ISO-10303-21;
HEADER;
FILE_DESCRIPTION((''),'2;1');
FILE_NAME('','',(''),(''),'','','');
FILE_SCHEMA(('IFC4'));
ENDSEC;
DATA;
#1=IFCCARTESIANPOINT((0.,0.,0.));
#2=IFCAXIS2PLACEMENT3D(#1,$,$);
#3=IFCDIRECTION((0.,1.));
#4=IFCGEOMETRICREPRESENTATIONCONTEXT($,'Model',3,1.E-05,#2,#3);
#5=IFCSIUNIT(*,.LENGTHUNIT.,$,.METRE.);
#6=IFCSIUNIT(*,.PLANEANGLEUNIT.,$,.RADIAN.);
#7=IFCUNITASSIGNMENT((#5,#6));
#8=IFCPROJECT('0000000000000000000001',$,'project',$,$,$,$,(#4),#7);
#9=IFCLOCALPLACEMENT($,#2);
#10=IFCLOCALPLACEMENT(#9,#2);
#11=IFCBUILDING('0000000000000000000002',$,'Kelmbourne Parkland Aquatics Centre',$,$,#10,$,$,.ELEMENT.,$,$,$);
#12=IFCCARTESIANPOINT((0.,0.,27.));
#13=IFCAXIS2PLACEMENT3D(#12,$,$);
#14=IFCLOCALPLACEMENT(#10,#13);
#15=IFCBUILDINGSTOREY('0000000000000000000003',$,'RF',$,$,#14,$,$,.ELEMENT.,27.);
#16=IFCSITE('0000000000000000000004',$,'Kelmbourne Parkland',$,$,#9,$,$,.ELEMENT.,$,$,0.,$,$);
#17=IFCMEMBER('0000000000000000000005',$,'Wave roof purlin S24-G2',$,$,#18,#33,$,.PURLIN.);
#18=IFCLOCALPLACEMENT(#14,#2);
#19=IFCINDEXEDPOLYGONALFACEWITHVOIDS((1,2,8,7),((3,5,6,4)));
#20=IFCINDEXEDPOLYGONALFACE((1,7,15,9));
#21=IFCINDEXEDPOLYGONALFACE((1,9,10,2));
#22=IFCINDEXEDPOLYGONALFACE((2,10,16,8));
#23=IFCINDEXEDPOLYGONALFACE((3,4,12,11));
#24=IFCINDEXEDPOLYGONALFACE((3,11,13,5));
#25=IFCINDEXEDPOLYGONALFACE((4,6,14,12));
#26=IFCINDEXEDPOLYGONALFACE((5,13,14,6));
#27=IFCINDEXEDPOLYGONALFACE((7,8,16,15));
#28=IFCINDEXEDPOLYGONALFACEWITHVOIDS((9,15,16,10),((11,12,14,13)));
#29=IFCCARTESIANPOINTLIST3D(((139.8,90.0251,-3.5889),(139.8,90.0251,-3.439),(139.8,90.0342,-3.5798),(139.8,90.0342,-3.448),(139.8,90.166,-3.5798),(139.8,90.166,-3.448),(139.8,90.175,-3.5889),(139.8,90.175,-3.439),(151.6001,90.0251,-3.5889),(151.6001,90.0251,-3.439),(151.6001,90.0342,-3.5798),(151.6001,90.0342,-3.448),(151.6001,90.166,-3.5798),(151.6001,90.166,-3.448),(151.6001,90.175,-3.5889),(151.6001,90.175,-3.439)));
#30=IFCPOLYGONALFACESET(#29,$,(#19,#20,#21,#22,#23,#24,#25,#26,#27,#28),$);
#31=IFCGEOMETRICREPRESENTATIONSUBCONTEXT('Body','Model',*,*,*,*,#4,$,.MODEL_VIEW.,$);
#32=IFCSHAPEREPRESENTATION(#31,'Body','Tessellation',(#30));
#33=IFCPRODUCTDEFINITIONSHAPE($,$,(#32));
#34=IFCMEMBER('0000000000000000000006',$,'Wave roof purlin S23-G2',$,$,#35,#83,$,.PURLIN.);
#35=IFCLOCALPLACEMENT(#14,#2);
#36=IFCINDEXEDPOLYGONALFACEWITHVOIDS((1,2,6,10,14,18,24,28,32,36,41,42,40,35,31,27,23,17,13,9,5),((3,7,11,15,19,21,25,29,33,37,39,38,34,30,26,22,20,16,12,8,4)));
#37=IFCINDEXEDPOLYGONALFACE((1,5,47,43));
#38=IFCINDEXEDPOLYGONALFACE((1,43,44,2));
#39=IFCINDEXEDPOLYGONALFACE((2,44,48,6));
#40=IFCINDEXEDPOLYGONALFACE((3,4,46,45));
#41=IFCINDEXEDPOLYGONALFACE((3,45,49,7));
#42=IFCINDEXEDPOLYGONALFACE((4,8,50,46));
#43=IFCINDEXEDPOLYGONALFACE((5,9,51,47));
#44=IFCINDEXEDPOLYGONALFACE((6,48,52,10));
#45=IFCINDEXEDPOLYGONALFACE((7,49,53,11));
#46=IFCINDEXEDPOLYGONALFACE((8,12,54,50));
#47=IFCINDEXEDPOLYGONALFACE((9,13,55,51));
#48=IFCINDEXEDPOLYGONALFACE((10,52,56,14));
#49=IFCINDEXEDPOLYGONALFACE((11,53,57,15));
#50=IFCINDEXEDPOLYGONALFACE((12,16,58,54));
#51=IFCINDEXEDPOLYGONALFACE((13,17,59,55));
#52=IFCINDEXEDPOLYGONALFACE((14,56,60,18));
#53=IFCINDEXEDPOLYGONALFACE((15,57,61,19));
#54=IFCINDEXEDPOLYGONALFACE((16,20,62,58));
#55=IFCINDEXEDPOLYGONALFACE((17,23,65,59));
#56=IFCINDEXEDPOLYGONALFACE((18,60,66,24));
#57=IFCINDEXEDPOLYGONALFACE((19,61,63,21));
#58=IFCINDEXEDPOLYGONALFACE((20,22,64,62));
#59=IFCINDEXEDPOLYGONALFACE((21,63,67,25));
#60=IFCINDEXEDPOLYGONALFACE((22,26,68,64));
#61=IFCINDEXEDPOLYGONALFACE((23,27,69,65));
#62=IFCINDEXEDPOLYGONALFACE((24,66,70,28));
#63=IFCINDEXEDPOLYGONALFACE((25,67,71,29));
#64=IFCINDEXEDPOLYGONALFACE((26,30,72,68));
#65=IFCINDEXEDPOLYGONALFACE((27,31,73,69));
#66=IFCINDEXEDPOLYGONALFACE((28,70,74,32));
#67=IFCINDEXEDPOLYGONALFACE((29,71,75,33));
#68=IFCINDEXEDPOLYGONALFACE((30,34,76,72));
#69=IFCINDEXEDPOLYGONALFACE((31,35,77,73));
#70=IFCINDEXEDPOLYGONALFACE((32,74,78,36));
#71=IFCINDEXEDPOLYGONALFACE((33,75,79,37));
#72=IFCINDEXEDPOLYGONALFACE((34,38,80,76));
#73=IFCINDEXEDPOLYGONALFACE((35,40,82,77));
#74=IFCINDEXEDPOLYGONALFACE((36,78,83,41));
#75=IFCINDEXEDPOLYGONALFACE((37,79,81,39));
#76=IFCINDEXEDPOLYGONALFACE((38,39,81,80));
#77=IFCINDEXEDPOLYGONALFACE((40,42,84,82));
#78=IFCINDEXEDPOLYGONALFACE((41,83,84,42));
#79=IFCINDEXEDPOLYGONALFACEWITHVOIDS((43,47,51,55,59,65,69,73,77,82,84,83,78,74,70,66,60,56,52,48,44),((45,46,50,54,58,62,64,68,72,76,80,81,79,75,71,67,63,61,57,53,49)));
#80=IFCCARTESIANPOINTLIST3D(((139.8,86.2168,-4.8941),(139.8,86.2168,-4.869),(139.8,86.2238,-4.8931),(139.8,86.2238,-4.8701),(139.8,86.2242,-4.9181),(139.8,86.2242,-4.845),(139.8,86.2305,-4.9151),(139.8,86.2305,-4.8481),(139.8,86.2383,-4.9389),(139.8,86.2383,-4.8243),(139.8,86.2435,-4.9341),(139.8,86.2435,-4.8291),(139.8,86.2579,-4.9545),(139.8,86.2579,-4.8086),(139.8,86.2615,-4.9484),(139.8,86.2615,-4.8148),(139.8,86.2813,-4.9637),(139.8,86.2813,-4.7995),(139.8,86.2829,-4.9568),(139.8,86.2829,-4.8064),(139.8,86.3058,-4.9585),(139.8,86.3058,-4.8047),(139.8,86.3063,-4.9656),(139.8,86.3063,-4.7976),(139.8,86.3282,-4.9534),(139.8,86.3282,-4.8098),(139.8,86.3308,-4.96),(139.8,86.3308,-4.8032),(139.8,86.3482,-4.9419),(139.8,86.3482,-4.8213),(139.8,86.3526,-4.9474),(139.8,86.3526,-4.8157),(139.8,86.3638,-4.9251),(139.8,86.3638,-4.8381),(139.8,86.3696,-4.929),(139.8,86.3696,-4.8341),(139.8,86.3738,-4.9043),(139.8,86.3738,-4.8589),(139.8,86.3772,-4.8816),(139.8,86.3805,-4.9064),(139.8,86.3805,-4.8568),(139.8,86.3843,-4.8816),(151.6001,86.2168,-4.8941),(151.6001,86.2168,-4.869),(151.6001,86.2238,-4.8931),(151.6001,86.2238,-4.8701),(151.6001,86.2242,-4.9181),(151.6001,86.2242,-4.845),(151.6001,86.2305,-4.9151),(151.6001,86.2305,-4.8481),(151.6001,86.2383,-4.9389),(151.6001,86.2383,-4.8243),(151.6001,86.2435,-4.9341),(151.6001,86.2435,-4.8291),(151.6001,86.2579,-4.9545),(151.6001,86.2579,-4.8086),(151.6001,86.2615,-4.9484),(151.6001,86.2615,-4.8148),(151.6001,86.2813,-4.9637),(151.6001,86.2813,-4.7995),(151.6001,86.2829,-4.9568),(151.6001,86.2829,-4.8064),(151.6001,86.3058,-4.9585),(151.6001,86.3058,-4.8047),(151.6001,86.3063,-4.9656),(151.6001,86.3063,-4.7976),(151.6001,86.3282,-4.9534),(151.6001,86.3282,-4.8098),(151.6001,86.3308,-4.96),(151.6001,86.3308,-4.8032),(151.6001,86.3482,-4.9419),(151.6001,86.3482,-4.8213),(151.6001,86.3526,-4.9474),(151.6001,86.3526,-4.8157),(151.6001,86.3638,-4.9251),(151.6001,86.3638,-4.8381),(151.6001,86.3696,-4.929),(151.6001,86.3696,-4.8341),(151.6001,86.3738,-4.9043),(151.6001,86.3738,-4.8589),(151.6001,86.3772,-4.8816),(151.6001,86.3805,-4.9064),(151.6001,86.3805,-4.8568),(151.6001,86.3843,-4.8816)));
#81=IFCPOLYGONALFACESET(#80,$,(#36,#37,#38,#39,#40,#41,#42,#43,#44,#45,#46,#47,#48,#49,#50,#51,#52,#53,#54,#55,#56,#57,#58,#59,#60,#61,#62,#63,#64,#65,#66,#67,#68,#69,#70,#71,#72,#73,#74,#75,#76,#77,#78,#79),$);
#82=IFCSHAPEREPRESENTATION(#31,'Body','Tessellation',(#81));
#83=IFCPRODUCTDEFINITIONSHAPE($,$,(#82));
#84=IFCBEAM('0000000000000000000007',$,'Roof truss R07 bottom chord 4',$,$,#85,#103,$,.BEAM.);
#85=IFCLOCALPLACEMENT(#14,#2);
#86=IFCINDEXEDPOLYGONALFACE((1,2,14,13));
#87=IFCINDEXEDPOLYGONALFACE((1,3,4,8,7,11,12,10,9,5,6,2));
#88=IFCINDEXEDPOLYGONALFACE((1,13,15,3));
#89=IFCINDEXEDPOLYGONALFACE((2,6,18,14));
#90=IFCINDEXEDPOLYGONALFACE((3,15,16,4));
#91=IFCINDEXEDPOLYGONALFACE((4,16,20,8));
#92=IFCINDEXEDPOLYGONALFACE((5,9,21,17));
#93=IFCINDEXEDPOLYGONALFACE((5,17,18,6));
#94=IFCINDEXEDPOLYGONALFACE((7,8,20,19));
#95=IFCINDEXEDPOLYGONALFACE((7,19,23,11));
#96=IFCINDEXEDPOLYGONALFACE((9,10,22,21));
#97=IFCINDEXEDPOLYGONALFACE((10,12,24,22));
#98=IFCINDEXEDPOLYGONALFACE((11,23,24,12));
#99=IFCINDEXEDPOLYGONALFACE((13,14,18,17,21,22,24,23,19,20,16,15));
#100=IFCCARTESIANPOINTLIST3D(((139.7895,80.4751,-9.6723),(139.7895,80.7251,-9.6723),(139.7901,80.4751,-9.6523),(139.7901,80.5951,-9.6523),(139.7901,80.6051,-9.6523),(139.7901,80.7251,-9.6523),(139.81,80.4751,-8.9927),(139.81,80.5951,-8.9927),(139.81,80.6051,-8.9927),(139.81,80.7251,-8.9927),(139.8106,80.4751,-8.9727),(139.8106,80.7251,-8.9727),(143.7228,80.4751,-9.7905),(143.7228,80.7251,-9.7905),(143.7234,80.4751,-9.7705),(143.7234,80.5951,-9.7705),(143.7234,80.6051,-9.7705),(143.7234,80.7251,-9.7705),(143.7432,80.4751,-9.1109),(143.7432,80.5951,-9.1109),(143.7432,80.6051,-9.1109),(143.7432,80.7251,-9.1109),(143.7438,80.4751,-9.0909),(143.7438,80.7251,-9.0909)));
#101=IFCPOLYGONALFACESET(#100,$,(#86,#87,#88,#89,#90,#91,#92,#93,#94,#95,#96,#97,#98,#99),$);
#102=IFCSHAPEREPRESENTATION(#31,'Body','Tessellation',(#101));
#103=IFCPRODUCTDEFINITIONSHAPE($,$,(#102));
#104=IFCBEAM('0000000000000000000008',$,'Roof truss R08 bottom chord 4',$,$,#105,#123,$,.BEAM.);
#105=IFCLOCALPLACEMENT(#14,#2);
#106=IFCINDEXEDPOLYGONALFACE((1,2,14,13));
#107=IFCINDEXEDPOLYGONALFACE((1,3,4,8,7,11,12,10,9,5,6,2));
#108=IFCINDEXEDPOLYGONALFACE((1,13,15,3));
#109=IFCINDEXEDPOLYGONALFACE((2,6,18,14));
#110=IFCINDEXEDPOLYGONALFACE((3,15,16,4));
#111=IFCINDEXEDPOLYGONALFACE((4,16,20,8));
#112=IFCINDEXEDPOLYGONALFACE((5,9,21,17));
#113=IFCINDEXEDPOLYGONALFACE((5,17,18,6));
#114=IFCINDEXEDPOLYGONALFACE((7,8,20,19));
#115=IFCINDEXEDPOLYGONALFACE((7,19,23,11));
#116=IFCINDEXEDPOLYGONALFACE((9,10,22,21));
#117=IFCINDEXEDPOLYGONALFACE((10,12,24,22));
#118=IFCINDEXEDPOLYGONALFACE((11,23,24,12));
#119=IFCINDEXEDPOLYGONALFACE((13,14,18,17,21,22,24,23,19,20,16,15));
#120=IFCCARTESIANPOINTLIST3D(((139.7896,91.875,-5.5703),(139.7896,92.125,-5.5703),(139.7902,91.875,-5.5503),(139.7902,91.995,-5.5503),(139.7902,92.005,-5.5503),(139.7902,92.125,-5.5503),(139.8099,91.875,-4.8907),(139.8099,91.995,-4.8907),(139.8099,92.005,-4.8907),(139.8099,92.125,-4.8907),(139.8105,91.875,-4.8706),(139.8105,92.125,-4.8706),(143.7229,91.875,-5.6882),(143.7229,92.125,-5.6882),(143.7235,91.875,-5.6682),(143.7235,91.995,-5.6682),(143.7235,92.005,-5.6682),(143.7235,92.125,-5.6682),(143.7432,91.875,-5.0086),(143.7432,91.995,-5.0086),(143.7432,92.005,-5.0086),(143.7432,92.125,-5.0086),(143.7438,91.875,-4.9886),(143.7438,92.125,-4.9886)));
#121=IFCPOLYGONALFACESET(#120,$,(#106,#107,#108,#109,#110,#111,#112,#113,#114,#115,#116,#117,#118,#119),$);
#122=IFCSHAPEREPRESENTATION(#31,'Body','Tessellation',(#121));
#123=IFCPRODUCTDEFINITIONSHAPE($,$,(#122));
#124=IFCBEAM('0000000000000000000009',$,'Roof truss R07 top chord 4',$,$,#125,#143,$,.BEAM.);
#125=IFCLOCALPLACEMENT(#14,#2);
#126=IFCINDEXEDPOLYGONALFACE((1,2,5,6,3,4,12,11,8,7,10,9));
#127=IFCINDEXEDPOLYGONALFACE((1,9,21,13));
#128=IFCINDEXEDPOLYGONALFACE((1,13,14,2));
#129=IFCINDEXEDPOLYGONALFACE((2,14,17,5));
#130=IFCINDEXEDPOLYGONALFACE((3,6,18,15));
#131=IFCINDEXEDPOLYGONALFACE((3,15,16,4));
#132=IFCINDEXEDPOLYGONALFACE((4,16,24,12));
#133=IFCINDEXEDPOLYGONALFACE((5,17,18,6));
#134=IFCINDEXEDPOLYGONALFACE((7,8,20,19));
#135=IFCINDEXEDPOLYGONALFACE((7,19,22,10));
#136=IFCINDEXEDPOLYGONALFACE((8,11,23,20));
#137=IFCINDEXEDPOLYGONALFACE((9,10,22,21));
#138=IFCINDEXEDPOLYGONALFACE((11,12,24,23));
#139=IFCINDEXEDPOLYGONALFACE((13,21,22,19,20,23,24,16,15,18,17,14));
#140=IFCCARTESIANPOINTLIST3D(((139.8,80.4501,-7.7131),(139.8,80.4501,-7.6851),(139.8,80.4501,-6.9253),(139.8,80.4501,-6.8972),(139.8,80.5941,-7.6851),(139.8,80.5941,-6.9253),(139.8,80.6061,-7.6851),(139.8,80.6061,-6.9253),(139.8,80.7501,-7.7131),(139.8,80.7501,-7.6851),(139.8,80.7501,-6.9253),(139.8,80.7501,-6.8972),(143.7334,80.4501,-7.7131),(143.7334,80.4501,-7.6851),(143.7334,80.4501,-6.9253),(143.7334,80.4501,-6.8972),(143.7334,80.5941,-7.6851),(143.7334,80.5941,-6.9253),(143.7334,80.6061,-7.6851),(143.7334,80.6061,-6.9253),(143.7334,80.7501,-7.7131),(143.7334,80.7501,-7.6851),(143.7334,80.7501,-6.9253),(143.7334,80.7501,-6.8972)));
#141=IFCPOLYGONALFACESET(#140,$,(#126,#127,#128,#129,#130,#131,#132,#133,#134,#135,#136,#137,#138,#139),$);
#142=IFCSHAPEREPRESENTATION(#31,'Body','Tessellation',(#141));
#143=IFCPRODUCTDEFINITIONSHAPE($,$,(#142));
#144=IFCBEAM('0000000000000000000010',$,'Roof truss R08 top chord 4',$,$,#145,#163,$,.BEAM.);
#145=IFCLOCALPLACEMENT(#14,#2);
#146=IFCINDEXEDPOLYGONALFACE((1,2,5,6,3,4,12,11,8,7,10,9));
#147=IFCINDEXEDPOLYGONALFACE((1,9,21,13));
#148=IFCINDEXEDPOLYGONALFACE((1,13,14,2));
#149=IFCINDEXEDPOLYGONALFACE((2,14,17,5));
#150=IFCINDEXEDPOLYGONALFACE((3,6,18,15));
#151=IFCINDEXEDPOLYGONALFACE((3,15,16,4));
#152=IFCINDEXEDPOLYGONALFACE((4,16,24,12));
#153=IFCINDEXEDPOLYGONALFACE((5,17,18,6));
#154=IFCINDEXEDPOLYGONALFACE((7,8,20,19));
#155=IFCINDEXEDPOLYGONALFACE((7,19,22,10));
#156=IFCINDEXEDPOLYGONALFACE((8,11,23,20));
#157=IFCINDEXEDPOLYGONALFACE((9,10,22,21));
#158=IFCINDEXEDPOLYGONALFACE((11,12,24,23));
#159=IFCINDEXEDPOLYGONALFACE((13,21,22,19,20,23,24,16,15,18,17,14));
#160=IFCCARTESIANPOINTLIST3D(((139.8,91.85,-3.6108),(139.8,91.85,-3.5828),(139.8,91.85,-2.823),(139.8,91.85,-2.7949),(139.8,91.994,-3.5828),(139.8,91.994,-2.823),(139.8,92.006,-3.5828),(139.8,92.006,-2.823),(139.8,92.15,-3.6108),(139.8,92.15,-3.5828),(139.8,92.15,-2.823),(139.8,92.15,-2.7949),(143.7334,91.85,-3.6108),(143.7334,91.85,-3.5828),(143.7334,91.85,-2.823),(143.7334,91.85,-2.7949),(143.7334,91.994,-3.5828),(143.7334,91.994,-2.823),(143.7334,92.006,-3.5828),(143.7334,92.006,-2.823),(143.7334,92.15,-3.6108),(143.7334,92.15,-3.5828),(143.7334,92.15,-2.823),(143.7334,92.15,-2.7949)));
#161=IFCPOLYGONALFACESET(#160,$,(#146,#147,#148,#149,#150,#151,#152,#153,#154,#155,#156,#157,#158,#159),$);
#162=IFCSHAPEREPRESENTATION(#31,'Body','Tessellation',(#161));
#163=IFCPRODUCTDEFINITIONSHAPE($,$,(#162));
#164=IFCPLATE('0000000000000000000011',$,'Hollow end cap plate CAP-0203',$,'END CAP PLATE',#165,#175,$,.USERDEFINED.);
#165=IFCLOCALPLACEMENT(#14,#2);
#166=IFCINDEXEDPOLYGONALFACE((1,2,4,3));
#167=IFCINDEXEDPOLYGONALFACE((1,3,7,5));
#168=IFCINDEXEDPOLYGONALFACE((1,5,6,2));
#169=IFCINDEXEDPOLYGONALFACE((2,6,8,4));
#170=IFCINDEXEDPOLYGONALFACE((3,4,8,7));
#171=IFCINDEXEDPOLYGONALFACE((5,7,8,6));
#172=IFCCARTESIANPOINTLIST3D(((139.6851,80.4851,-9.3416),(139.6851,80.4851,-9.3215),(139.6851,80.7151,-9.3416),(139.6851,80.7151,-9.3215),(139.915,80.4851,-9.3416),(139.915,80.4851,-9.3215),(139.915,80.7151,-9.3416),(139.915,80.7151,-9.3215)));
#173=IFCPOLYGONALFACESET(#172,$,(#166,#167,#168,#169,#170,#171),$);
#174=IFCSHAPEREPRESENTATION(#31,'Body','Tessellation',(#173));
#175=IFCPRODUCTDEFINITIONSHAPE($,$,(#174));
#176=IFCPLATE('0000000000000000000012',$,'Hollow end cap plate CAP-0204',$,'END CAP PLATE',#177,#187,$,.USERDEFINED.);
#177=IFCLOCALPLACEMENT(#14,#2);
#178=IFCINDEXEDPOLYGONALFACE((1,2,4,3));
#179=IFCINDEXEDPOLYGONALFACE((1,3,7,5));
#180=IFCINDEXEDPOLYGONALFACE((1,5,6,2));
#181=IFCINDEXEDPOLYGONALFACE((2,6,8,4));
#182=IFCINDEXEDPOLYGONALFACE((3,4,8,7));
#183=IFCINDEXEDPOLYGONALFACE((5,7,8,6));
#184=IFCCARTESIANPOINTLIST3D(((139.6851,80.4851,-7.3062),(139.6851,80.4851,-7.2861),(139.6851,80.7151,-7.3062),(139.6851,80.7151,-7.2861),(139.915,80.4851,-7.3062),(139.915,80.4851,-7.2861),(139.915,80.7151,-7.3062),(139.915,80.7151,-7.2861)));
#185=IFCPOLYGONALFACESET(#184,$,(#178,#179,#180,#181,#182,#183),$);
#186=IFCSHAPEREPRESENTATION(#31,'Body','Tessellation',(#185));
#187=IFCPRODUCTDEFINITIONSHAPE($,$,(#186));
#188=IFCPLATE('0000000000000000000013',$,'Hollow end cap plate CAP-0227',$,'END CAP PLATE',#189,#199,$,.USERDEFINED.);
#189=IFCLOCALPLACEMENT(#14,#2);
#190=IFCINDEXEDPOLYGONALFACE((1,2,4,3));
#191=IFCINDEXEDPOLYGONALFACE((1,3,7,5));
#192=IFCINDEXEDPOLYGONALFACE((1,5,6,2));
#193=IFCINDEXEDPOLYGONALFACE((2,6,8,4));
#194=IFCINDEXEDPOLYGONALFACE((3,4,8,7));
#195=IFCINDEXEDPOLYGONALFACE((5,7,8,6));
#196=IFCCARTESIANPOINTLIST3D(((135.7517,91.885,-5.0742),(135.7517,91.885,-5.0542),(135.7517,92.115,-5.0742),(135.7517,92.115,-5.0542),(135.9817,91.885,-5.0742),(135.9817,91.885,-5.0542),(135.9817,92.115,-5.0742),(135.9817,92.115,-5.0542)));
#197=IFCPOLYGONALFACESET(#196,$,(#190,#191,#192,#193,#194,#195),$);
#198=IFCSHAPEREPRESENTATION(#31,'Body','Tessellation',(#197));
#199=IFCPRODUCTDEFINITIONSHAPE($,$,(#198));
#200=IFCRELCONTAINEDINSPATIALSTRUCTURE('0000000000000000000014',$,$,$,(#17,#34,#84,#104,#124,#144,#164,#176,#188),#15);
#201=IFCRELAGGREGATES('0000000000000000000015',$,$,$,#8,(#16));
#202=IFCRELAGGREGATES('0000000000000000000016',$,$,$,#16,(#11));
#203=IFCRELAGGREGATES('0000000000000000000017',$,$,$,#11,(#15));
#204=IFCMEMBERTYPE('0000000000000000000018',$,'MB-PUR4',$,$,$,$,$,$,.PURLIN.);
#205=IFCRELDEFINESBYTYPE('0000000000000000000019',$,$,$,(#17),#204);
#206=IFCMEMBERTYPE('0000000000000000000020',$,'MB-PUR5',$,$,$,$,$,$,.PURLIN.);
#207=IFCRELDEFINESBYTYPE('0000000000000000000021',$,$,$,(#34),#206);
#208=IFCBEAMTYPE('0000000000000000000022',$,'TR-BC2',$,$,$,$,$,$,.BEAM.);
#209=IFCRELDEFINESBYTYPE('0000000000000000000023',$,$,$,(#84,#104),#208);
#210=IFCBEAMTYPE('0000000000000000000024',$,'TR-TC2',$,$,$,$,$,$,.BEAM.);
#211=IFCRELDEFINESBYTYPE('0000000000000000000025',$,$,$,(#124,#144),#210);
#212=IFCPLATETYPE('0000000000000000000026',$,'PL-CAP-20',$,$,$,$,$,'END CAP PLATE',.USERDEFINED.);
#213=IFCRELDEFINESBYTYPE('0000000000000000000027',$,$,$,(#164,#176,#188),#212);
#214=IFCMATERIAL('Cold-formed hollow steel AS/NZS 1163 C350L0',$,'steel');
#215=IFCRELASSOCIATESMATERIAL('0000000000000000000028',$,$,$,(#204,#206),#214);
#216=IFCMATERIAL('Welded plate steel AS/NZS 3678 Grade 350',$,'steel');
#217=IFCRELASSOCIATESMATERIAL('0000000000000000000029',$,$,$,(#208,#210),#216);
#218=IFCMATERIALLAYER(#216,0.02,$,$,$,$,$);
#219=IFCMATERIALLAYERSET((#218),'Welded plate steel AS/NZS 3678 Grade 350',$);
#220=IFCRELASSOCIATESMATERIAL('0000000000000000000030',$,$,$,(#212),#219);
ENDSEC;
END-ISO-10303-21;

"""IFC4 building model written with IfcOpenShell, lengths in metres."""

from ifc_helpers import new_model, si_unit, direction, frame, origin, origin_2d, place, context, subcontext, project, spatial, rectangle, hollow_rectangle, hollow_circle, i_section, extrude, material, layer, layer_set, material_profile, profile_set, type_object, element, save


model = new_model("IFC4")

# Units and contexts
model_context = context("Model", 3, precision=1e-05, world=origin(), true_north=direction((0.0, 1.0)))
body_context = subcontext(model_context, "Body", "Model", "MODEL_VIEW")
ifc_project = project(units=[si_unit("LENGTHUNIT", "METRE"), si_unit("PLANEANGLEUNIT", "RADIAN")], contexts=[model_context])

# Site, building, storey
site_placement = place(None, origin())
site = spatial("IfcSite", under=ifc_project, at=site_placement, Name="Kelmbourne Parkland", CompositionType="ELEMENT", RefElevation=0.0)
building_placement = place(site_placement, origin())
building = spatial("IfcBuilding", under=site, at=building_placement, Name="Kelmbourne Parkland Aquatics Centre", CompositionType="ELEMENT")
storey_placement = place(building_placement, frame((0.0, 0.0, 27.0)))
storey = spatial("IfcBuildingStorey", under=building, at=storey_placement, Name="RF", CompositionType="ELEMENT", Elevation=27.0)

# Members
ifc_material_1 = material(Name="Cold-formed hollow steel AS/NZS 1163 C350L0", Category="steel")
ifc_material_profile_1 = material_profile(ifc_material_1, hollow_rectangle(XDim=0.1499, YDim=0.1499, WallThickness=0.009, at=origin_2d()), Name="SHS 150x150x9.0")
ifc_profile_set_1 = profile_set([ifc_material_profile_1], Name="Cold-formed hollow steel AS/NZS 1163 C350L0")
member_type_1 = type_object("IfcMemberType", Name="MB-PUR4", PredefinedType="PURLIN", material=ifc_profile_set_1)
member_1_placement = place(storey_placement, frame((139.8, 90.1001, -3.5139), z_axis=(1.0, 0.0, 0.0), x_axis=(0.0, 1.0, 0.0)))
element("IfcMember", 1, at=member_1_placement, inside=storey, type_object=member_type_1, Name="Wave roof purlin S24-G2", PredefinedType="PURLIN", context=body_context, shape_type="SweptSolid", body=[
    extrude(hollow_rectangle(XDim=0.1499, YDim=0.1499, WallThickness=0.009, at=origin_2d()), origin(), (0.0, 0.0, 1.0), 11.8),
])
ifc_material_profile_2 = material_profile(ifc_material_1, hollow_circle(Radius=0.0842, WallThickness=0.0071, at=origin_2d()), Name="CHS 168.3x7.1")
ifc_profile_set_2 = profile_set([ifc_material_profile_2], Name="Cold-formed hollow steel AS/NZS 1163 C350L0")
member_type_2 = type_object("IfcMemberType", Name="MB-PUR5", PredefinedType="PURLIN", material=ifc_profile_set_2)
member_2_placement = place(storey_placement, frame((139.8, 86.3, -4.8816), z_axis=(1.0, 0.0, 0.0), x_axis=(0.0, 1.0, 0.0)))
element("IfcMember", 2, at=member_2_placement, inside=storey, type_object=member_type_2, Name="Wave roof purlin S23-G2", PredefinedType="PURLIN", context=body_context, shape_type="SweptSolid", body=[
    extrude(hollow_circle(Radius=0.0842, WallThickness=0.0071, at=origin_2d()), origin(), (0.0, 0.0, 1.0), 11.8),
])

# Beams
ifc_material_2 = material(Name="Welded plate steel AS/NZS 3678 Grade 350", Category="steel")
ifc_material_profile_3 = material_profile(ifc_material_2, i_section(OverallWidth=0.25, OverallDepth=0.7, WebThickness=0.01, FlangeThickness=0.02, at=origin_2d()), Name="700WB130")
ifc_profile_set_3 = profile_set([ifc_material_profile_3], Name="Welded plate steel AS/NZS 3678 Grade 350")
beam_type_1 = type_object("IfcBeamType", Name="TR-BC2", PredefinedType="BEAM", material=ifc_profile_set_3)
for number, where, z_axis, x_axis, name in (
    (3, (139.8, 80.6001, -9.3225), (0.999549, 0.0, -0.030028), (0.0, 1.0, 0.0), "Roof truss R07 bottom chord 4"),
    (4, (139.8, 92.0, -5.2205), (0.999551, 0.0, -0.029966), (0.0, 1.0, 0.0), "Roof truss R08 bottom chord 4"),
):
    element("IfcBeam", number, at=place(storey_placement, frame(where, z_axis=z_axis, x_axis=x_axis)), inside=storey, type_object=beam_type_1, Name=name, PredefinedType="BEAM", context=body_context, shape_type="SweptSolid", body=[
        extrude(i_section(OverallWidth=0.25, OverallDepth=0.7, WebThickness=0.01, FlangeThickness=0.02, at=origin_2d()), origin(), (0.0, 0.0, 1.0), 3.9351),
    ])
ifc_material_profile_4 = material_profile(ifc_material_2, i_section(OverallWidth=0.3, OverallDepth=0.8159, WebThickness=0.012, FlangeThickness=0.0281, at=origin_2d()), Name="800WB192")
ifc_profile_set_4 = profile_set([ifc_material_profile_4], Name="Welded plate steel AS/NZS 3678 Grade 350")
beam_type_2 = type_object("IfcBeamType", Name="TR-TC2", PredefinedType="BEAM", material=ifc_profile_set_4)
for number, where, z_axis, x_axis, name in (
    (5, (139.8, 80.6001, -7.3052), (1.0, 0.0, 0.0), (0.0, 1.0, 0.0), "Roof truss R07 top chord 4"),
    (6, (139.8, 92.0, -3.2029), (1.0, 0.0, 0.0), (0.0, 1.0, 0.0), "Roof truss R08 top chord 4"),
):
    element("IfcBeam", number, at=place(storey_placement, frame(where, z_axis=z_axis, x_axis=x_axis)), inside=storey, type_object=beam_type_2, Name=name, PredefinedType="BEAM", context=body_context, shape_type="SweptSolid", body=[
        extrude(i_section(OverallWidth=0.3, OverallDepth=0.8159, WebThickness=0.012, FlangeThickness=0.0281, at=origin_2d()), origin(), (0.0, 0.0, 1.0), 3.9333),
    ])

# Plates
ifc_layer_1 = layer(ifc_material_2, 0.02)
ifc_layer_set_1 = layer_set([ifc_layer_1], Name="Welded plate steel AS/NZS 3678 Grade 350")
plate_type_1 = type_object("IfcPlateType", Name="PL-CAP-20", ElementType="END CAP PLATE", PredefinedType="USERDEFINED", material=ifc_layer_set_1)
for number, where, z_axis, x_axis, name in (
    (7, (139.8, 80.6001, -9.3416), (0.0, 0.0, 1.0), (1.0, 0.0, 0.0), "Hollow end cap plate CAP-0203"),
    (8, (139.8, 80.6001, -7.3062), (0.0, 0.0, 1.0), (1.0, 0.0, 0.0), "Hollow end cap plate CAP-0204"),
    (9, (135.8667, 92.0, -5.0742), (0.0, 0.0, 1.0), (1.0, 0.0, 0.0), "Hollow end cap plate CAP-0227"),
):
    element("IfcPlate", number, at=place(storey_placement, frame(where, z_axis=z_axis, x_axis=x_axis)), inside=storey, type_object=plate_type_1, Name=name, ObjectType="END CAP PLATE", PredefinedType="USERDEFINED", context=body_context, shape_type="SweptSolid", body=[
        extrude(rectangle(XDim=0.23, YDim=0.23, at=origin_2d()), origin(), (0.0, 0.0, 1.0), 0.02),
    ])

save(model, "model.ifc")
